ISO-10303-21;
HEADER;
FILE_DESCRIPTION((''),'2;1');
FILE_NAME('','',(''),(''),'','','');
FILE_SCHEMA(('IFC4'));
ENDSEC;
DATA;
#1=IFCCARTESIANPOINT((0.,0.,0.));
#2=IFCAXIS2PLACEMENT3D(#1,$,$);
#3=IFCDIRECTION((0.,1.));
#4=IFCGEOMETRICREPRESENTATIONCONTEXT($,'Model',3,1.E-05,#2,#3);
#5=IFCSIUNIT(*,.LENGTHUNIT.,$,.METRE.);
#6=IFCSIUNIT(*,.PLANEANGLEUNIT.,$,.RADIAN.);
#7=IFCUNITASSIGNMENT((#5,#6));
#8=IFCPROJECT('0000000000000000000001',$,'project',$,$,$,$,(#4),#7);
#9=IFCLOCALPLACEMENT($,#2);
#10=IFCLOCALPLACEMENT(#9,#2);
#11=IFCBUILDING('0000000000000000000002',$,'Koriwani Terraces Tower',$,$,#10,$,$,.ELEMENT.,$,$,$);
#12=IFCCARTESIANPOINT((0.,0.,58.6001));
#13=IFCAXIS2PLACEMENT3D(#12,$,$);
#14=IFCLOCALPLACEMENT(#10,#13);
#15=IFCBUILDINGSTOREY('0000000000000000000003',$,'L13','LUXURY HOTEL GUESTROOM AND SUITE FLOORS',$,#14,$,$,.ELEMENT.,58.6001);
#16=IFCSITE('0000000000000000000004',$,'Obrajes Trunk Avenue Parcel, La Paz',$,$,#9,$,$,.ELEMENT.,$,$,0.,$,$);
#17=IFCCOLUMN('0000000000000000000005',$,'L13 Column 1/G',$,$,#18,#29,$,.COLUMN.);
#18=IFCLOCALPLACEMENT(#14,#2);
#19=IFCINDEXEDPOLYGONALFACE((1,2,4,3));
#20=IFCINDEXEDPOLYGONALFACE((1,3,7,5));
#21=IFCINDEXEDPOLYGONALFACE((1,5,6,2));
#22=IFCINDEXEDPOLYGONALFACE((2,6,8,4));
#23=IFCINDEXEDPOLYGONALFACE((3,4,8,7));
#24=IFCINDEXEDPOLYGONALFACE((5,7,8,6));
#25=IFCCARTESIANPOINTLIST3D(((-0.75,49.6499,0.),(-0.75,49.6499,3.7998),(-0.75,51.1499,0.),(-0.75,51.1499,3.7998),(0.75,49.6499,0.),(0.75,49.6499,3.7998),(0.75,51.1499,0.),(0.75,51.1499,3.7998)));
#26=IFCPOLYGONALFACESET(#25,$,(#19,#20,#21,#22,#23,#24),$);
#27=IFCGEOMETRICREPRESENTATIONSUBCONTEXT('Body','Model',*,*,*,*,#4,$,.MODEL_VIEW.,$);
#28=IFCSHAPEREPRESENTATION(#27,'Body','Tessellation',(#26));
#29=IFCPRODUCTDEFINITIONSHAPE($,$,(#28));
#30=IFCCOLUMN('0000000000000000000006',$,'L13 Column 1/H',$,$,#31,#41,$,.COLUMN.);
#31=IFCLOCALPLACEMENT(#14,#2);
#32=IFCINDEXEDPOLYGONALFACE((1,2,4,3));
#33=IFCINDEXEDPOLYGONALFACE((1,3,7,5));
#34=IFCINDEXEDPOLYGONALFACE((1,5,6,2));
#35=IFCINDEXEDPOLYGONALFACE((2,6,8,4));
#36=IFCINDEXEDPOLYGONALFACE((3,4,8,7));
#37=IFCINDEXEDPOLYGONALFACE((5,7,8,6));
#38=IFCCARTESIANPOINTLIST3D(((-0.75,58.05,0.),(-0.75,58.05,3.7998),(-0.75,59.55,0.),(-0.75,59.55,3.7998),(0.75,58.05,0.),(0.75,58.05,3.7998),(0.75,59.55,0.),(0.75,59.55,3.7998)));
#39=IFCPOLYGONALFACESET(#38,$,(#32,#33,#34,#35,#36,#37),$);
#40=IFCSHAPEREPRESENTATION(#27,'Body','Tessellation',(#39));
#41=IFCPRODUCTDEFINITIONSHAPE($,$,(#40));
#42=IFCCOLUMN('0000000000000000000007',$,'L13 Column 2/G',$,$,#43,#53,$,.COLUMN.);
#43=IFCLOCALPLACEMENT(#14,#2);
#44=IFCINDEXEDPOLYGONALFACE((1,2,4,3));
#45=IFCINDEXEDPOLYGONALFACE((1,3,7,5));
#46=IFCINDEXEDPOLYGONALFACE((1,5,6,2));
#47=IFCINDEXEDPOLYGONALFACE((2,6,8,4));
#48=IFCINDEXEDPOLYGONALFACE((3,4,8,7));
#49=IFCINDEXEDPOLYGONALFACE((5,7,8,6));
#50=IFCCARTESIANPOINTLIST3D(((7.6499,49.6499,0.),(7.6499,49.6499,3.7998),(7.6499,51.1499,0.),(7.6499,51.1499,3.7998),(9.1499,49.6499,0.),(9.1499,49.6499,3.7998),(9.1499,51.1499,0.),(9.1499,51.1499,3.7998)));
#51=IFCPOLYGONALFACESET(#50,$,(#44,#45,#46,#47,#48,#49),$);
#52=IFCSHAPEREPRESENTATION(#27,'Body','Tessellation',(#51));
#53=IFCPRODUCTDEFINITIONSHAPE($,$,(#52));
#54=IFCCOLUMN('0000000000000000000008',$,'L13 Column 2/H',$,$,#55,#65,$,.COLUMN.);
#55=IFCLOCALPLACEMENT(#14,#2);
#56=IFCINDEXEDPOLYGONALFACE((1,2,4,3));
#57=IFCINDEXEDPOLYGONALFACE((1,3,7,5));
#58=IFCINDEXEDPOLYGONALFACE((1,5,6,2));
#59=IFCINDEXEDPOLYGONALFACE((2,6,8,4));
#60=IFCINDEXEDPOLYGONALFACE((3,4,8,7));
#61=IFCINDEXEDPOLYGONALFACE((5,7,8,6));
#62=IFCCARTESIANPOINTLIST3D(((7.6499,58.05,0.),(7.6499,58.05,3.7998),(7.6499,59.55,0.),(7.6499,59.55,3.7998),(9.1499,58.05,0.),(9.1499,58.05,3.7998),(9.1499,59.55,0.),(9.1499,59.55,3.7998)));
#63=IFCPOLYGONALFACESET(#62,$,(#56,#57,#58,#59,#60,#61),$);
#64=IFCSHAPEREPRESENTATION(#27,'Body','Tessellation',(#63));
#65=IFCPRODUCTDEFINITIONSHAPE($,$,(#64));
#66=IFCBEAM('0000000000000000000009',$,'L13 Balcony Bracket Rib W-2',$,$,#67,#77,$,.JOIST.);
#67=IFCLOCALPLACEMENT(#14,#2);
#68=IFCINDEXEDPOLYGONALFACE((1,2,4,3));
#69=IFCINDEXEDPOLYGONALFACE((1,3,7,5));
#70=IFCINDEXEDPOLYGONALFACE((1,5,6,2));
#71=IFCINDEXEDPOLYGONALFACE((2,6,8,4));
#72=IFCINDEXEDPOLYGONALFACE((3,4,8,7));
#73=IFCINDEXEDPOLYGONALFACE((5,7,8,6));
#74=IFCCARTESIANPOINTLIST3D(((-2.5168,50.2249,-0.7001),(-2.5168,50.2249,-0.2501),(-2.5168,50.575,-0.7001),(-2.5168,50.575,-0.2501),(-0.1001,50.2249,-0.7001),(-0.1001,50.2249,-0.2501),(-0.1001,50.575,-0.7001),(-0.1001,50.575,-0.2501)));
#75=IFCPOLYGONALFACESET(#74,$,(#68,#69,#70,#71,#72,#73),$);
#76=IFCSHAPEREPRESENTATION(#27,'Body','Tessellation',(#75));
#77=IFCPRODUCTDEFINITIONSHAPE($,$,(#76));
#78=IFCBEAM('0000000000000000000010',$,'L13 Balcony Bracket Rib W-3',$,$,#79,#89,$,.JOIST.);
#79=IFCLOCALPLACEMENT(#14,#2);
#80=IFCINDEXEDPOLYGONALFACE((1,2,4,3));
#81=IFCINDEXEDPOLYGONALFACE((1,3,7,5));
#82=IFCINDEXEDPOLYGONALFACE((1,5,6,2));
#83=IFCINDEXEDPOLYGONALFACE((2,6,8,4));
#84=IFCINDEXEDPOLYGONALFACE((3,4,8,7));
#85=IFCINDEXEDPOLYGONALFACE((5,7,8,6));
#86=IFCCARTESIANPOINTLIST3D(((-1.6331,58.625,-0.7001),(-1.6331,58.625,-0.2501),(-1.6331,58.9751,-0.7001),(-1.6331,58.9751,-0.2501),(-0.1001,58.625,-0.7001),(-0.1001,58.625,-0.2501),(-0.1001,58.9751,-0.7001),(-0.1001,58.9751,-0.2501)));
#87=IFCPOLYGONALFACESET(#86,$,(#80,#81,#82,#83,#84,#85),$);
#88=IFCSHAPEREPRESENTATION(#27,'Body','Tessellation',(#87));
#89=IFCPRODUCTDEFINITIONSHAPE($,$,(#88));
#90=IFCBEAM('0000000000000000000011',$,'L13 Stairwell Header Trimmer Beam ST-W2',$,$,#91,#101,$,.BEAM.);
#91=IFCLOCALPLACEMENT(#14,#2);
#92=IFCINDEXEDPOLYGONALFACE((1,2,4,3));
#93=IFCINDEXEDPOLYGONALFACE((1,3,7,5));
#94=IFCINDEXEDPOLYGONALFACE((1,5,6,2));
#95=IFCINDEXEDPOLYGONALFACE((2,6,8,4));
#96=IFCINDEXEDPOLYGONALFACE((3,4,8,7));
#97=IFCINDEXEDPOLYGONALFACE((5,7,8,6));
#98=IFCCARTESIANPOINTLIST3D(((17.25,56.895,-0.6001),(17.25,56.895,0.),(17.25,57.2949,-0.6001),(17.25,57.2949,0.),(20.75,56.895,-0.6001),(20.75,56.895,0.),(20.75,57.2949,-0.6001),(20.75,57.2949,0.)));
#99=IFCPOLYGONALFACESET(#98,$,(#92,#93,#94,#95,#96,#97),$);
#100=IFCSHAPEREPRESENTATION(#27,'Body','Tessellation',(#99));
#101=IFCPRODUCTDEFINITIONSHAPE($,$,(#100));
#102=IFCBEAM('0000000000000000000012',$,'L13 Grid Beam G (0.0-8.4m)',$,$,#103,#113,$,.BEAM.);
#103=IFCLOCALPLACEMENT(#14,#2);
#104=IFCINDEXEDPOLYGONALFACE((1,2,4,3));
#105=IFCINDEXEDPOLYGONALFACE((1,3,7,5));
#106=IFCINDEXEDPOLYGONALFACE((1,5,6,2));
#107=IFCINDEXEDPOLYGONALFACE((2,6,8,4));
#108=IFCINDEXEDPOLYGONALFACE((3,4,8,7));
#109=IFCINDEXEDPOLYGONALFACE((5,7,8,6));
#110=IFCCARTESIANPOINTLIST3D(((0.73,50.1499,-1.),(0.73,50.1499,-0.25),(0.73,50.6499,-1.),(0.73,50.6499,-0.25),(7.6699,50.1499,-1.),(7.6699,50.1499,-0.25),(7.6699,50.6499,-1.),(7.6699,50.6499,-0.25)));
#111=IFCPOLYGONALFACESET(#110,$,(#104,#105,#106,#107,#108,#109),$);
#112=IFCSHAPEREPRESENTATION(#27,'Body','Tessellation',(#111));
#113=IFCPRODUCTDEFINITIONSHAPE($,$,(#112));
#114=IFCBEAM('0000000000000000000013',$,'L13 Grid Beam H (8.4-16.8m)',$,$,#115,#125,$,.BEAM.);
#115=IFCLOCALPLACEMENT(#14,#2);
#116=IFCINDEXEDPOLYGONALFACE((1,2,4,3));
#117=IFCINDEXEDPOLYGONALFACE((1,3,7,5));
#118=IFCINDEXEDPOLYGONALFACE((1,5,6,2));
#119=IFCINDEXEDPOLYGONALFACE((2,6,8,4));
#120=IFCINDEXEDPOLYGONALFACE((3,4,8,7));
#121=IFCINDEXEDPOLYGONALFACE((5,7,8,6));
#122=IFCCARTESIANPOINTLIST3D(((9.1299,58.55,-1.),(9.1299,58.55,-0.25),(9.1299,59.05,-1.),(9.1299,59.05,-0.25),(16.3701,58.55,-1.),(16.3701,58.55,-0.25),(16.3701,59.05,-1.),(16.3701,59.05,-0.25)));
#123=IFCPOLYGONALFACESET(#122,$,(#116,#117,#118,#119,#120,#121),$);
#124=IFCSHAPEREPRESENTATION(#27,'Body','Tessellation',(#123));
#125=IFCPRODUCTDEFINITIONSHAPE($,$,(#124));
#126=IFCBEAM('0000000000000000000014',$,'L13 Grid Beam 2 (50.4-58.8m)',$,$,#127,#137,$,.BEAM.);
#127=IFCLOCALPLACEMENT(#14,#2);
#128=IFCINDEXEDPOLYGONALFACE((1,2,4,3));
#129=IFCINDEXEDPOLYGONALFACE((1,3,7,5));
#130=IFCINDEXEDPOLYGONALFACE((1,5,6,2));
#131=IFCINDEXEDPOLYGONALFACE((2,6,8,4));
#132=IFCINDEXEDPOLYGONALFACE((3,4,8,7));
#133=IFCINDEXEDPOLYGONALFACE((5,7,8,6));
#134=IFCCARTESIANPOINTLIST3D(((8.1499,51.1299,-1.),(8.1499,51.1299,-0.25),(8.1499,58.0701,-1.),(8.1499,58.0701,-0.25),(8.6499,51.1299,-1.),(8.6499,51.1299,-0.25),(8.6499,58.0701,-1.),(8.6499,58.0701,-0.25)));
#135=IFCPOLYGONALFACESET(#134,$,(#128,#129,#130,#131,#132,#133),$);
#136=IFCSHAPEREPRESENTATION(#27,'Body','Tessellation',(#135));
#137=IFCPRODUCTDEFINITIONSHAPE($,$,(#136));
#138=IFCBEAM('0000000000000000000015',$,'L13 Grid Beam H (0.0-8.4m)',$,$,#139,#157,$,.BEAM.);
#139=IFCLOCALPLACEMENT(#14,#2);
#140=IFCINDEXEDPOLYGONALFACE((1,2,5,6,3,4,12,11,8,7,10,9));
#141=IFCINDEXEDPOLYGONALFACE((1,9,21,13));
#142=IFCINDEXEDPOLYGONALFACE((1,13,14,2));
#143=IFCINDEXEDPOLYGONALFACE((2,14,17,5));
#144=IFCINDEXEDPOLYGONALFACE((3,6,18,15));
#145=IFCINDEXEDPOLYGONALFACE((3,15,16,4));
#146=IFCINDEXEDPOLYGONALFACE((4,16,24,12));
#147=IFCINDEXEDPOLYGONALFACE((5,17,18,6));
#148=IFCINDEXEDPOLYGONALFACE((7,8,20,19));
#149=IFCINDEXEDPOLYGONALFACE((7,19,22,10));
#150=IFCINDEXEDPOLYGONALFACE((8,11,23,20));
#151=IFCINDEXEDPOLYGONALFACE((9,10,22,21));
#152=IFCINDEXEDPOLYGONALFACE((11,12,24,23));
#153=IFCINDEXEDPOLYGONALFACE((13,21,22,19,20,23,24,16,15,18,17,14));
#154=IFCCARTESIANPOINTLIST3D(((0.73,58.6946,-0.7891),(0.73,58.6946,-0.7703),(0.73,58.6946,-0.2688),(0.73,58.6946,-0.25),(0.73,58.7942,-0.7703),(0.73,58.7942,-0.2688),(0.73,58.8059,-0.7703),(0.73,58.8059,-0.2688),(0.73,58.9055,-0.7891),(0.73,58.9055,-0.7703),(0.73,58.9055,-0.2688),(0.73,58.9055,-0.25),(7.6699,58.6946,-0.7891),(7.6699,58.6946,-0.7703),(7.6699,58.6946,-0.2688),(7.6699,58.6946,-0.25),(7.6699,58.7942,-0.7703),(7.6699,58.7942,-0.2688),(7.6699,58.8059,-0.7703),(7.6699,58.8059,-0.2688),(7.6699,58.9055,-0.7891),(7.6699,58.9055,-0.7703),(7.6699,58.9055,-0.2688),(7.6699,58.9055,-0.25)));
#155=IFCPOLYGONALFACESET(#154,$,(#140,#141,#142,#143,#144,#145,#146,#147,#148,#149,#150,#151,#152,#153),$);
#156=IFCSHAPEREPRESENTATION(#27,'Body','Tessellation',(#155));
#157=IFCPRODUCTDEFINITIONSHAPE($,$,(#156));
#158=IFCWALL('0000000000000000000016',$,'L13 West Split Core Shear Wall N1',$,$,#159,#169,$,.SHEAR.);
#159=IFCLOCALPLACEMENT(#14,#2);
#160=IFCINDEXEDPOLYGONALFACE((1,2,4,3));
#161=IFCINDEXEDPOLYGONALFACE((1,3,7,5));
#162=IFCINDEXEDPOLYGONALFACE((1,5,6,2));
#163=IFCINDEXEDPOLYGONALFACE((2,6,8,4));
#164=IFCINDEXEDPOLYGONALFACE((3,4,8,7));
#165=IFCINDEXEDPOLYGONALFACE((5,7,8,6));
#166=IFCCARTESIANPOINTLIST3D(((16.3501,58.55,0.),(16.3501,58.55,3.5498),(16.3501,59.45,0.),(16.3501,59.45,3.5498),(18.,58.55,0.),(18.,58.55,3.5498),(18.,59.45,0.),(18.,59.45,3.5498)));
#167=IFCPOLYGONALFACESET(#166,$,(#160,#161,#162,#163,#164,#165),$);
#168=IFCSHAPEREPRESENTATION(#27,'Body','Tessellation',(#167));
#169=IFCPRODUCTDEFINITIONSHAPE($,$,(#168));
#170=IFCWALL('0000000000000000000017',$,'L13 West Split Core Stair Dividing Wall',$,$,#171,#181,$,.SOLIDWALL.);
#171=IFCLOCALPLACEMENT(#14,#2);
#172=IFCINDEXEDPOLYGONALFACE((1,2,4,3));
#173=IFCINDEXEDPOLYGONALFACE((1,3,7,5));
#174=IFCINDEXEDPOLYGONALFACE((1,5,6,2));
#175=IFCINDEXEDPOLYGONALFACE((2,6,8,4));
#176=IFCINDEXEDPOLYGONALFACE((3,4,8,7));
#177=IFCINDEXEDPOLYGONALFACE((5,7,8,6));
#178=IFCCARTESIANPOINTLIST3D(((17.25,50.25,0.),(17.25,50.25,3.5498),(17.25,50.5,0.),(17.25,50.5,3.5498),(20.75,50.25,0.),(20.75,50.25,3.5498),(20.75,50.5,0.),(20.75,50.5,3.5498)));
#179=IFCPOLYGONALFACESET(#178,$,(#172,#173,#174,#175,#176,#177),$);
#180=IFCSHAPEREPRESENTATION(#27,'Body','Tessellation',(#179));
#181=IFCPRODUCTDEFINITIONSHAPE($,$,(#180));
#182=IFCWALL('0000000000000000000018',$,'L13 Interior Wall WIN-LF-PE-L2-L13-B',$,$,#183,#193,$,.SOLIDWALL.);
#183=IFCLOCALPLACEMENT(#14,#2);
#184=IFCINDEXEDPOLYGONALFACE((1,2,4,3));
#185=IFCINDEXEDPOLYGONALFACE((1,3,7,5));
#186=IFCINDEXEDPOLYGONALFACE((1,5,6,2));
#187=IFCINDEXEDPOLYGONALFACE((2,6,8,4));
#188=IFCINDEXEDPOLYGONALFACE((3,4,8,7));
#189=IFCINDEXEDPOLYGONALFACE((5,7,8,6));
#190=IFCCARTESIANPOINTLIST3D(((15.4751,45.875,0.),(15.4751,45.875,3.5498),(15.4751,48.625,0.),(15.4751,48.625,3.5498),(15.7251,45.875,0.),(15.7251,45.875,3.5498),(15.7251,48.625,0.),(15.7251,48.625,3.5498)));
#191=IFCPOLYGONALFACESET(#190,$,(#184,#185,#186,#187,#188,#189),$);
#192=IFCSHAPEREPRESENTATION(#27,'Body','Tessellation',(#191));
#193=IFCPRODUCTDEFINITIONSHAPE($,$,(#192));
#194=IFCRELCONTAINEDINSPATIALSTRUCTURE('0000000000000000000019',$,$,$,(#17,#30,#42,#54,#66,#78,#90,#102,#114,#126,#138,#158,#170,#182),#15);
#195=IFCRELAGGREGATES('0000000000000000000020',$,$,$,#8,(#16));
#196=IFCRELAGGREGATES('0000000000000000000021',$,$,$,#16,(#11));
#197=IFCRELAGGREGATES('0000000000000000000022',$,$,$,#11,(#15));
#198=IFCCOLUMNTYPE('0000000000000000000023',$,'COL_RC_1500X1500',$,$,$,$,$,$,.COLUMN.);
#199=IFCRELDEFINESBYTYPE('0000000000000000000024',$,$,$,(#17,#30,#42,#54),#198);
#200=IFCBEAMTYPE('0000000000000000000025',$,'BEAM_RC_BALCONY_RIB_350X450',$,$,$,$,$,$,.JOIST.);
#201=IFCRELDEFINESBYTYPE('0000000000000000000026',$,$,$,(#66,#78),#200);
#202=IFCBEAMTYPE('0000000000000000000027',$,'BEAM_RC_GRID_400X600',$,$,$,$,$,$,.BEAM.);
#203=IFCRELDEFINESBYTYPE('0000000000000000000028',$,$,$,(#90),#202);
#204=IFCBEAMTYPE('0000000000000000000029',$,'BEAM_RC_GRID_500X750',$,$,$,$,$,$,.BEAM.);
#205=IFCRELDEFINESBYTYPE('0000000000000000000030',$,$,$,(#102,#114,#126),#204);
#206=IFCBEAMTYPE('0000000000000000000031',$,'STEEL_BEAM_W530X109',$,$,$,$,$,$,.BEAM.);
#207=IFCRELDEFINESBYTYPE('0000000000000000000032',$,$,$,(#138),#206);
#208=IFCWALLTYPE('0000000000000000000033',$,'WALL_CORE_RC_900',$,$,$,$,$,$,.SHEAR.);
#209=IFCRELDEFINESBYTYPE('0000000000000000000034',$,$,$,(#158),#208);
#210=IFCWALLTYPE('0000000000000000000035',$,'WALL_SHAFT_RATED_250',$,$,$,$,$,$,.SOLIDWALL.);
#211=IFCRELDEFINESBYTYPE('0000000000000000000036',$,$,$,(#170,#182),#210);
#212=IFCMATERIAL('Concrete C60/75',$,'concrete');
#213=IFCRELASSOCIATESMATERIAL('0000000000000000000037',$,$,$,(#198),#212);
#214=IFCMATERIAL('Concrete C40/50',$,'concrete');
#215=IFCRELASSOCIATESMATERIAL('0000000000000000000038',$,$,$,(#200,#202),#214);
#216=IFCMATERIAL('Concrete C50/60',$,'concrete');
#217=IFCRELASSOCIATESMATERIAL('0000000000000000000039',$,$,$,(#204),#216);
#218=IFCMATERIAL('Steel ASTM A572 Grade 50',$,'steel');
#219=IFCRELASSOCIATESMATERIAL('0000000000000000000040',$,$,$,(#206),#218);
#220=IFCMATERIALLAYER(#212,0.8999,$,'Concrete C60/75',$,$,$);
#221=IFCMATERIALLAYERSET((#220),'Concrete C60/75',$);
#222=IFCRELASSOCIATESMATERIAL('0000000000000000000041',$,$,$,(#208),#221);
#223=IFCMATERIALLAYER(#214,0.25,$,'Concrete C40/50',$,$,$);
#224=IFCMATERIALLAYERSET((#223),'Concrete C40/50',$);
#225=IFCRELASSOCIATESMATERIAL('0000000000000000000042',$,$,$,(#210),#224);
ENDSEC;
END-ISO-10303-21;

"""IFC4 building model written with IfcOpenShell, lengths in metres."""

from ifc_helpers import new_model, si_unit, direction, frame, frame_2d, origin, origin_2d, place, context, subcontext, project, spatial, rectangle, i_section, extrude, material, layer, layer_set, material_profile, profile_set, type_object, element, save


model = new_model("IFC4")

# Units and contexts
model_context = context("Model", 3, precision=1e-05, world=origin(), true_north=direction((0.0, 1.0)))
body_context = subcontext(model_context, "Body", "Model", "MODEL_VIEW")
ifc_project = project(units=[si_unit("LENGTHUNIT", "METRE"), si_unit("PLANEANGLEUNIT", "RADIAN")], contexts=[model_context])

# Site, building, storey
site_placement = place(None, origin())
site = spatial("IfcSite", under=ifc_project, at=site_placement, Name="Obrajes Trunk Avenue Parcel, La Paz", CompositionType="ELEMENT", RefElevation=0.0)
building_placement = place(site_placement, origin())
building = spatial("IfcBuilding", under=site, at=building_placement, Name="Koriwani Terraces Tower", CompositionType="ELEMENT")
storey_placement = place(building_placement, frame((0.0, 0.0, 58.6001)))
storey = spatial("IfcBuildingStorey", under=building, at=storey_placement, Name="L13", Description="LUXURY HOTEL GUESTROOM AND SUITE FLOORS", CompositionType="ELEMENT", Elevation=58.6001)

# Columns
ifc_material_1 = material(Name="Concrete C60/75", Category="concrete")
ifc_material_profile_1 = material_profile(ifc_material_1, rectangle(XDim=1.5, YDim=1.5, at=origin_2d()), Name="Concrete C60/75", Category="LoadBearing")
ifc_profile_set_1 = profile_set([ifc_material_profile_1], Name="Concrete C60/75")
column_type = type_object("IfcColumnType", Name="COL_RC_1500X1500", PredefinedType="COLUMN", material=ifc_profile_set_1)
for number, where, z_axis, x_axis, name in (
    (1, (0.0, 50.3999, 0.0), (0.0, 0.0, 1.0), (1.0, 0.0, 0.0), "L13 Column 1/G"),
    (2, (0.0, 58.8, 0.0), (0.0, 0.0, 1.0), (1.0, 0.0, 0.0), "L13 Column 1/H"),
    (3, (8.3999, 50.3999, 0.0), (0.0, 0.0, 1.0), (1.0, 0.0, 0.0), "L13 Column 2/G"),
    (4, (8.3999, 58.8, 0.0), (0.0, 0.0, 1.0), (1.0, 0.0, 0.0), "L13 Column 2/H"),
):
    element("IfcColumn", number, at=place(storey_placement, frame(where, z_axis=z_axis, x_axis=x_axis)), inside=storey, type_object=column_type, Name=name, PredefinedType="COLUMN", context=body_context, shape_type="SweptSolid", body=[
        extrude(rectangle(XDim=1.5, YDim=1.5, at=origin_2d()), origin(), (0.0, 0.0, 1.0), 3.7998),
    ])

# Beams
ifc_material_2 = material(Name="Concrete C40/50", Category="concrete")
ifc_material_profile_2 = material_profile(ifc_material_2, rectangle(XDim=0.3501, YDim=0.45, at=origin_2d()), Name="Concrete C40/50", Category="LoadBearing")
ifc_profile_set_2 = profile_set([ifc_material_profile_2], Name="Concrete C40/50")
beam_type_1 = type_object("IfcBeamType", Name="BEAM_RC_BALCONY_RIB_350X450", PredefinedType="JOIST", material=ifc_profile_set_2)
beam_1_placement = place(storey_placement, frame((-2.5168, 50.3999, -0.4751), z_axis=(1.0, 0.0, 0.0), x_axis=(0.0, 1.0, 0.0)))
element("IfcBeam", 5, at=beam_1_placement, inside=storey, type_object=beam_type_1, Name="L13 Balcony Bracket Rib W-2", PredefinedType="JOIST", context=body_context, shape_type="SweptSolid", body=[
    extrude(rectangle(XDim=0.3501, YDim=0.45, at=origin_2d()), origin(), (0.0, 0.0, 1.0), 2.4167),
])
beam_2_placement = place(storey_placement, frame((-1.6331, 58.8, -0.4751), z_axis=(1.0, 0.0, 0.0), x_axis=(0.0, 1.0, 0.0)))
element("IfcBeam", 6, at=beam_2_placement, inside=storey, type_object=beam_type_1, Name="L13 Balcony Bracket Rib W-3", PredefinedType="JOIST", context=body_context, shape_type="SweptSolid", body=[
    extrude(rectangle(XDim=0.3501, YDim=0.45, at=origin_2d()), origin(), (0.0, 0.0, 1.0), 1.533),
])
ifc_material_profile_3 = material_profile(ifc_material_2, rectangle(XDim=0.3999, YDim=0.6001, at=origin_2d()), Name="Concrete C40/50", Category="LoadBearing")
ifc_profile_set_3 = profile_set([ifc_material_profile_3], Name="Concrete C40/50")
beam_type_2 = type_object("IfcBeamType", Name="BEAM_RC_GRID_400X600", PredefinedType="BEAM", material=ifc_profile_set_3)
beam_3_placement = place(storey_placement, frame((17.25, 57.095, -0.3), z_axis=(1.0, 0.0, 0.0), x_axis=(0.0, 1.0, 0.0)))
element("IfcBeam", 7, at=beam_3_placement, inside=storey, type_object=beam_type_2, Name="L13 Stairwell Header Trimmer Beam ST-W2", PredefinedType="BEAM", context=body_context, shape_type="SweptSolid", body=[
    extrude(rectangle(XDim=0.3999, YDim=0.6001, at=origin_2d()), origin(), (0.0, 0.0, 1.0), 3.5),
])
ifc_material_3 = material(Name="Concrete C50/60", Category="concrete")
ifc_material_profile_4 = material_profile(ifc_material_3, rectangle(XDim=0.5, YDim=0.75, at=origin_2d()), Name="Concrete C50/60", Category="LoadBearing")
ifc_profile_set_4 = profile_set([ifc_material_profile_4], Name="Concrete C50/60")
beam_type_3 = type_object("IfcBeamType", Name="BEAM_RC_GRID_500X750", PredefinedType="BEAM", material=ifc_profile_set_4)
beam_4_placement = place(storey_placement, frame((0.73, 50.3999, -0.625), z_axis=(1.0, 0.0, 0.0), x_axis=(0.0, 1.0, 0.0)))
element("IfcBeam", 8, at=beam_4_placement, inside=storey, type_object=beam_type_3, Name="L13 Grid Beam G (0.0-8.4m)", PredefinedType="BEAM", context=body_context, shape_type="SweptSolid", body=[
    extrude(rectangle(XDim=0.5, YDim=0.75, at=origin_2d()), origin(), (0.0, 0.0, 1.0), 6.9399),
])
beam_5_placement = place(storey_placement, frame((9.1299, 58.8, -0.625), z_axis=(1.0, 0.0, 0.0), x_axis=(0.0, 1.0, 0.0)))
element("IfcBeam", 9, at=beam_5_placement, inside=storey, type_object=beam_type_3, Name="L13 Grid Beam H (8.4-16.8m)", PredefinedType="BEAM", context=body_context, shape_type="SweptSolid", body=[
    extrude(rectangle(XDim=0.5, YDim=0.75, at=origin_2d()), origin(), (0.0, 0.0, 1.0), 7.2402),
])
beam_6_placement = place(storey_placement, frame((8.3999, 51.1299, -0.625), z_axis=(0.0, 1.0, 0.0), x_axis=(-1.0, 0.0, 0.0)))
element("IfcBeam", 10, at=beam_6_placement, inside=storey, type_object=beam_type_3, Name="L13 Grid Beam 2 (50.4-58.8m)", PredefinedType="BEAM", context=body_context, shape_type="SweptSolid", body=[
    extrude(rectangle(XDim=0.5, YDim=0.75, at=origin_2d()), origin(), (0.0, 0.0, 1.0), 6.9402),
])
ifc_material_4 = material(Name="Steel ASTM A572 Grade 50", Category="steel")
ifc_material_profile_5 = material_profile(ifc_material_4, i_section(OverallWidth=0.2109, OverallDepth=0.5391, WebThickness=0.0117, FlangeThickness=0.0188, at=origin_2d()), Name="Steel ASTM A572 Grade 50", Category="LoadBearing")
ifc_profile_set_5 = profile_set([ifc_material_profile_5], Name="Steel ASTM A572 Grade 50")
beam_type_4 = type_object("IfcBeamType", Name="STEEL_BEAM_W530X109", PredefinedType="BEAM", material=ifc_profile_set_5)
beam_7_placement = place(storey_placement, frame((0.73, 58.8, -0.5195), z_axis=(1.0, 0.0, 0.0), x_axis=(0.0, 1.0, 0.0)))
element("IfcBeam", 11, at=beam_7_placement, inside=storey, type_object=beam_type_4, Name="L13 Grid Beam H (0.0-8.4m)", PredefinedType="BEAM", context=body_context, shape_type="SweptSolid", body=[
    extrude(i_section(OverallWidth=0.2109, OverallDepth=0.5391, WebThickness=0.0117, FlangeThickness=0.0188, at=origin_2d()), origin(), (0.0, 0.0, 1.0), 6.9399),
])

# Walls
ifc_layer_1 = layer(ifc_material_1, 0.8999, Name="Concrete C60/75")
ifc_layer_set_1 = layer_set([ifc_layer_1], Name="Concrete C60/75")
wall_type_1 = type_object("IfcWallType", Name="WALL_CORE_RC_900", PredefinedType="SHEAR", material=ifc_layer_set_1)
wall_1_placement = place(storey_placement, frame((16.3501, 59.0, 0.0), z_axis=(0.0, 0.0, 1.0), x_axis=(1.0, 0.0, 0.0)))
element("IfcWall", 12, at=wall_1_placement, inside=storey, type_object=wall_type_1, Name="L13 West Split Core Shear Wall N1", PredefinedType="SHEAR", context=body_context, shape_type="SweptSolid", body=[
    extrude(rectangle(XDim=1.6499, YDim=0.8999, at=frame_2d((0.825, 0.0))), origin(), (0.0, 0.0, 1.0), 3.5498),
])
ifc_layer_2 = layer(ifc_material_2, 0.25, Name="Concrete C40/50")
ifc_layer_set_2 = layer_set([ifc_layer_2], Name="Concrete C40/50")
wall_type_2 = type_object("IfcWallType", Name="WALL_SHAFT_RATED_250", PredefinedType="SOLIDWALL", material=ifc_layer_set_2)
wall_2_placement = place(storey_placement, frame((17.25, 50.375, 0.0), z_axis=(0.0, 0.0, 1.0), x_axis=(1.0, 0.0, 0.0)))
element("IfcWall", 13, at=wall_2_placement, inside=storey, type_object=wall_type_2, Name="L13 West Split Core Stair Dividing Wall", PredefinedType="SOLIDWALL", context=body_context, shape_type="SweptSolid", body=[
    extrude(rectangle(XDim=3.5, YDim=0.25, at=frame_2d((1.75, 0.0))), origin(), (0.0, 0.0, 1.0), 3.5498),
])

# Wall
wall_3_placement = place(storey_placement, frame((15.6001, 45.875, 0.0), z_axis=(0.0, 0.0, 1.0), x_axis=(0.0, 1.0, 0.0)))
element("IfcWall", 14, at=wall_3_placement, inside=storey, type_object=wall_type_2, Name="L13 Interior Wall WIN-LF-PE-L2-L13-B", PredefinedType="SOLIDWALL", context=body_context, shape_type="SweptSolid", body=[
    extrude(rectangle(XDim=2.75, YDim=0.25, at=frame_2d((1.375, 0.0))), origin(), (0.0, 0.0, 1.0), 3.5498),
])

save(model, "model.ifc")
